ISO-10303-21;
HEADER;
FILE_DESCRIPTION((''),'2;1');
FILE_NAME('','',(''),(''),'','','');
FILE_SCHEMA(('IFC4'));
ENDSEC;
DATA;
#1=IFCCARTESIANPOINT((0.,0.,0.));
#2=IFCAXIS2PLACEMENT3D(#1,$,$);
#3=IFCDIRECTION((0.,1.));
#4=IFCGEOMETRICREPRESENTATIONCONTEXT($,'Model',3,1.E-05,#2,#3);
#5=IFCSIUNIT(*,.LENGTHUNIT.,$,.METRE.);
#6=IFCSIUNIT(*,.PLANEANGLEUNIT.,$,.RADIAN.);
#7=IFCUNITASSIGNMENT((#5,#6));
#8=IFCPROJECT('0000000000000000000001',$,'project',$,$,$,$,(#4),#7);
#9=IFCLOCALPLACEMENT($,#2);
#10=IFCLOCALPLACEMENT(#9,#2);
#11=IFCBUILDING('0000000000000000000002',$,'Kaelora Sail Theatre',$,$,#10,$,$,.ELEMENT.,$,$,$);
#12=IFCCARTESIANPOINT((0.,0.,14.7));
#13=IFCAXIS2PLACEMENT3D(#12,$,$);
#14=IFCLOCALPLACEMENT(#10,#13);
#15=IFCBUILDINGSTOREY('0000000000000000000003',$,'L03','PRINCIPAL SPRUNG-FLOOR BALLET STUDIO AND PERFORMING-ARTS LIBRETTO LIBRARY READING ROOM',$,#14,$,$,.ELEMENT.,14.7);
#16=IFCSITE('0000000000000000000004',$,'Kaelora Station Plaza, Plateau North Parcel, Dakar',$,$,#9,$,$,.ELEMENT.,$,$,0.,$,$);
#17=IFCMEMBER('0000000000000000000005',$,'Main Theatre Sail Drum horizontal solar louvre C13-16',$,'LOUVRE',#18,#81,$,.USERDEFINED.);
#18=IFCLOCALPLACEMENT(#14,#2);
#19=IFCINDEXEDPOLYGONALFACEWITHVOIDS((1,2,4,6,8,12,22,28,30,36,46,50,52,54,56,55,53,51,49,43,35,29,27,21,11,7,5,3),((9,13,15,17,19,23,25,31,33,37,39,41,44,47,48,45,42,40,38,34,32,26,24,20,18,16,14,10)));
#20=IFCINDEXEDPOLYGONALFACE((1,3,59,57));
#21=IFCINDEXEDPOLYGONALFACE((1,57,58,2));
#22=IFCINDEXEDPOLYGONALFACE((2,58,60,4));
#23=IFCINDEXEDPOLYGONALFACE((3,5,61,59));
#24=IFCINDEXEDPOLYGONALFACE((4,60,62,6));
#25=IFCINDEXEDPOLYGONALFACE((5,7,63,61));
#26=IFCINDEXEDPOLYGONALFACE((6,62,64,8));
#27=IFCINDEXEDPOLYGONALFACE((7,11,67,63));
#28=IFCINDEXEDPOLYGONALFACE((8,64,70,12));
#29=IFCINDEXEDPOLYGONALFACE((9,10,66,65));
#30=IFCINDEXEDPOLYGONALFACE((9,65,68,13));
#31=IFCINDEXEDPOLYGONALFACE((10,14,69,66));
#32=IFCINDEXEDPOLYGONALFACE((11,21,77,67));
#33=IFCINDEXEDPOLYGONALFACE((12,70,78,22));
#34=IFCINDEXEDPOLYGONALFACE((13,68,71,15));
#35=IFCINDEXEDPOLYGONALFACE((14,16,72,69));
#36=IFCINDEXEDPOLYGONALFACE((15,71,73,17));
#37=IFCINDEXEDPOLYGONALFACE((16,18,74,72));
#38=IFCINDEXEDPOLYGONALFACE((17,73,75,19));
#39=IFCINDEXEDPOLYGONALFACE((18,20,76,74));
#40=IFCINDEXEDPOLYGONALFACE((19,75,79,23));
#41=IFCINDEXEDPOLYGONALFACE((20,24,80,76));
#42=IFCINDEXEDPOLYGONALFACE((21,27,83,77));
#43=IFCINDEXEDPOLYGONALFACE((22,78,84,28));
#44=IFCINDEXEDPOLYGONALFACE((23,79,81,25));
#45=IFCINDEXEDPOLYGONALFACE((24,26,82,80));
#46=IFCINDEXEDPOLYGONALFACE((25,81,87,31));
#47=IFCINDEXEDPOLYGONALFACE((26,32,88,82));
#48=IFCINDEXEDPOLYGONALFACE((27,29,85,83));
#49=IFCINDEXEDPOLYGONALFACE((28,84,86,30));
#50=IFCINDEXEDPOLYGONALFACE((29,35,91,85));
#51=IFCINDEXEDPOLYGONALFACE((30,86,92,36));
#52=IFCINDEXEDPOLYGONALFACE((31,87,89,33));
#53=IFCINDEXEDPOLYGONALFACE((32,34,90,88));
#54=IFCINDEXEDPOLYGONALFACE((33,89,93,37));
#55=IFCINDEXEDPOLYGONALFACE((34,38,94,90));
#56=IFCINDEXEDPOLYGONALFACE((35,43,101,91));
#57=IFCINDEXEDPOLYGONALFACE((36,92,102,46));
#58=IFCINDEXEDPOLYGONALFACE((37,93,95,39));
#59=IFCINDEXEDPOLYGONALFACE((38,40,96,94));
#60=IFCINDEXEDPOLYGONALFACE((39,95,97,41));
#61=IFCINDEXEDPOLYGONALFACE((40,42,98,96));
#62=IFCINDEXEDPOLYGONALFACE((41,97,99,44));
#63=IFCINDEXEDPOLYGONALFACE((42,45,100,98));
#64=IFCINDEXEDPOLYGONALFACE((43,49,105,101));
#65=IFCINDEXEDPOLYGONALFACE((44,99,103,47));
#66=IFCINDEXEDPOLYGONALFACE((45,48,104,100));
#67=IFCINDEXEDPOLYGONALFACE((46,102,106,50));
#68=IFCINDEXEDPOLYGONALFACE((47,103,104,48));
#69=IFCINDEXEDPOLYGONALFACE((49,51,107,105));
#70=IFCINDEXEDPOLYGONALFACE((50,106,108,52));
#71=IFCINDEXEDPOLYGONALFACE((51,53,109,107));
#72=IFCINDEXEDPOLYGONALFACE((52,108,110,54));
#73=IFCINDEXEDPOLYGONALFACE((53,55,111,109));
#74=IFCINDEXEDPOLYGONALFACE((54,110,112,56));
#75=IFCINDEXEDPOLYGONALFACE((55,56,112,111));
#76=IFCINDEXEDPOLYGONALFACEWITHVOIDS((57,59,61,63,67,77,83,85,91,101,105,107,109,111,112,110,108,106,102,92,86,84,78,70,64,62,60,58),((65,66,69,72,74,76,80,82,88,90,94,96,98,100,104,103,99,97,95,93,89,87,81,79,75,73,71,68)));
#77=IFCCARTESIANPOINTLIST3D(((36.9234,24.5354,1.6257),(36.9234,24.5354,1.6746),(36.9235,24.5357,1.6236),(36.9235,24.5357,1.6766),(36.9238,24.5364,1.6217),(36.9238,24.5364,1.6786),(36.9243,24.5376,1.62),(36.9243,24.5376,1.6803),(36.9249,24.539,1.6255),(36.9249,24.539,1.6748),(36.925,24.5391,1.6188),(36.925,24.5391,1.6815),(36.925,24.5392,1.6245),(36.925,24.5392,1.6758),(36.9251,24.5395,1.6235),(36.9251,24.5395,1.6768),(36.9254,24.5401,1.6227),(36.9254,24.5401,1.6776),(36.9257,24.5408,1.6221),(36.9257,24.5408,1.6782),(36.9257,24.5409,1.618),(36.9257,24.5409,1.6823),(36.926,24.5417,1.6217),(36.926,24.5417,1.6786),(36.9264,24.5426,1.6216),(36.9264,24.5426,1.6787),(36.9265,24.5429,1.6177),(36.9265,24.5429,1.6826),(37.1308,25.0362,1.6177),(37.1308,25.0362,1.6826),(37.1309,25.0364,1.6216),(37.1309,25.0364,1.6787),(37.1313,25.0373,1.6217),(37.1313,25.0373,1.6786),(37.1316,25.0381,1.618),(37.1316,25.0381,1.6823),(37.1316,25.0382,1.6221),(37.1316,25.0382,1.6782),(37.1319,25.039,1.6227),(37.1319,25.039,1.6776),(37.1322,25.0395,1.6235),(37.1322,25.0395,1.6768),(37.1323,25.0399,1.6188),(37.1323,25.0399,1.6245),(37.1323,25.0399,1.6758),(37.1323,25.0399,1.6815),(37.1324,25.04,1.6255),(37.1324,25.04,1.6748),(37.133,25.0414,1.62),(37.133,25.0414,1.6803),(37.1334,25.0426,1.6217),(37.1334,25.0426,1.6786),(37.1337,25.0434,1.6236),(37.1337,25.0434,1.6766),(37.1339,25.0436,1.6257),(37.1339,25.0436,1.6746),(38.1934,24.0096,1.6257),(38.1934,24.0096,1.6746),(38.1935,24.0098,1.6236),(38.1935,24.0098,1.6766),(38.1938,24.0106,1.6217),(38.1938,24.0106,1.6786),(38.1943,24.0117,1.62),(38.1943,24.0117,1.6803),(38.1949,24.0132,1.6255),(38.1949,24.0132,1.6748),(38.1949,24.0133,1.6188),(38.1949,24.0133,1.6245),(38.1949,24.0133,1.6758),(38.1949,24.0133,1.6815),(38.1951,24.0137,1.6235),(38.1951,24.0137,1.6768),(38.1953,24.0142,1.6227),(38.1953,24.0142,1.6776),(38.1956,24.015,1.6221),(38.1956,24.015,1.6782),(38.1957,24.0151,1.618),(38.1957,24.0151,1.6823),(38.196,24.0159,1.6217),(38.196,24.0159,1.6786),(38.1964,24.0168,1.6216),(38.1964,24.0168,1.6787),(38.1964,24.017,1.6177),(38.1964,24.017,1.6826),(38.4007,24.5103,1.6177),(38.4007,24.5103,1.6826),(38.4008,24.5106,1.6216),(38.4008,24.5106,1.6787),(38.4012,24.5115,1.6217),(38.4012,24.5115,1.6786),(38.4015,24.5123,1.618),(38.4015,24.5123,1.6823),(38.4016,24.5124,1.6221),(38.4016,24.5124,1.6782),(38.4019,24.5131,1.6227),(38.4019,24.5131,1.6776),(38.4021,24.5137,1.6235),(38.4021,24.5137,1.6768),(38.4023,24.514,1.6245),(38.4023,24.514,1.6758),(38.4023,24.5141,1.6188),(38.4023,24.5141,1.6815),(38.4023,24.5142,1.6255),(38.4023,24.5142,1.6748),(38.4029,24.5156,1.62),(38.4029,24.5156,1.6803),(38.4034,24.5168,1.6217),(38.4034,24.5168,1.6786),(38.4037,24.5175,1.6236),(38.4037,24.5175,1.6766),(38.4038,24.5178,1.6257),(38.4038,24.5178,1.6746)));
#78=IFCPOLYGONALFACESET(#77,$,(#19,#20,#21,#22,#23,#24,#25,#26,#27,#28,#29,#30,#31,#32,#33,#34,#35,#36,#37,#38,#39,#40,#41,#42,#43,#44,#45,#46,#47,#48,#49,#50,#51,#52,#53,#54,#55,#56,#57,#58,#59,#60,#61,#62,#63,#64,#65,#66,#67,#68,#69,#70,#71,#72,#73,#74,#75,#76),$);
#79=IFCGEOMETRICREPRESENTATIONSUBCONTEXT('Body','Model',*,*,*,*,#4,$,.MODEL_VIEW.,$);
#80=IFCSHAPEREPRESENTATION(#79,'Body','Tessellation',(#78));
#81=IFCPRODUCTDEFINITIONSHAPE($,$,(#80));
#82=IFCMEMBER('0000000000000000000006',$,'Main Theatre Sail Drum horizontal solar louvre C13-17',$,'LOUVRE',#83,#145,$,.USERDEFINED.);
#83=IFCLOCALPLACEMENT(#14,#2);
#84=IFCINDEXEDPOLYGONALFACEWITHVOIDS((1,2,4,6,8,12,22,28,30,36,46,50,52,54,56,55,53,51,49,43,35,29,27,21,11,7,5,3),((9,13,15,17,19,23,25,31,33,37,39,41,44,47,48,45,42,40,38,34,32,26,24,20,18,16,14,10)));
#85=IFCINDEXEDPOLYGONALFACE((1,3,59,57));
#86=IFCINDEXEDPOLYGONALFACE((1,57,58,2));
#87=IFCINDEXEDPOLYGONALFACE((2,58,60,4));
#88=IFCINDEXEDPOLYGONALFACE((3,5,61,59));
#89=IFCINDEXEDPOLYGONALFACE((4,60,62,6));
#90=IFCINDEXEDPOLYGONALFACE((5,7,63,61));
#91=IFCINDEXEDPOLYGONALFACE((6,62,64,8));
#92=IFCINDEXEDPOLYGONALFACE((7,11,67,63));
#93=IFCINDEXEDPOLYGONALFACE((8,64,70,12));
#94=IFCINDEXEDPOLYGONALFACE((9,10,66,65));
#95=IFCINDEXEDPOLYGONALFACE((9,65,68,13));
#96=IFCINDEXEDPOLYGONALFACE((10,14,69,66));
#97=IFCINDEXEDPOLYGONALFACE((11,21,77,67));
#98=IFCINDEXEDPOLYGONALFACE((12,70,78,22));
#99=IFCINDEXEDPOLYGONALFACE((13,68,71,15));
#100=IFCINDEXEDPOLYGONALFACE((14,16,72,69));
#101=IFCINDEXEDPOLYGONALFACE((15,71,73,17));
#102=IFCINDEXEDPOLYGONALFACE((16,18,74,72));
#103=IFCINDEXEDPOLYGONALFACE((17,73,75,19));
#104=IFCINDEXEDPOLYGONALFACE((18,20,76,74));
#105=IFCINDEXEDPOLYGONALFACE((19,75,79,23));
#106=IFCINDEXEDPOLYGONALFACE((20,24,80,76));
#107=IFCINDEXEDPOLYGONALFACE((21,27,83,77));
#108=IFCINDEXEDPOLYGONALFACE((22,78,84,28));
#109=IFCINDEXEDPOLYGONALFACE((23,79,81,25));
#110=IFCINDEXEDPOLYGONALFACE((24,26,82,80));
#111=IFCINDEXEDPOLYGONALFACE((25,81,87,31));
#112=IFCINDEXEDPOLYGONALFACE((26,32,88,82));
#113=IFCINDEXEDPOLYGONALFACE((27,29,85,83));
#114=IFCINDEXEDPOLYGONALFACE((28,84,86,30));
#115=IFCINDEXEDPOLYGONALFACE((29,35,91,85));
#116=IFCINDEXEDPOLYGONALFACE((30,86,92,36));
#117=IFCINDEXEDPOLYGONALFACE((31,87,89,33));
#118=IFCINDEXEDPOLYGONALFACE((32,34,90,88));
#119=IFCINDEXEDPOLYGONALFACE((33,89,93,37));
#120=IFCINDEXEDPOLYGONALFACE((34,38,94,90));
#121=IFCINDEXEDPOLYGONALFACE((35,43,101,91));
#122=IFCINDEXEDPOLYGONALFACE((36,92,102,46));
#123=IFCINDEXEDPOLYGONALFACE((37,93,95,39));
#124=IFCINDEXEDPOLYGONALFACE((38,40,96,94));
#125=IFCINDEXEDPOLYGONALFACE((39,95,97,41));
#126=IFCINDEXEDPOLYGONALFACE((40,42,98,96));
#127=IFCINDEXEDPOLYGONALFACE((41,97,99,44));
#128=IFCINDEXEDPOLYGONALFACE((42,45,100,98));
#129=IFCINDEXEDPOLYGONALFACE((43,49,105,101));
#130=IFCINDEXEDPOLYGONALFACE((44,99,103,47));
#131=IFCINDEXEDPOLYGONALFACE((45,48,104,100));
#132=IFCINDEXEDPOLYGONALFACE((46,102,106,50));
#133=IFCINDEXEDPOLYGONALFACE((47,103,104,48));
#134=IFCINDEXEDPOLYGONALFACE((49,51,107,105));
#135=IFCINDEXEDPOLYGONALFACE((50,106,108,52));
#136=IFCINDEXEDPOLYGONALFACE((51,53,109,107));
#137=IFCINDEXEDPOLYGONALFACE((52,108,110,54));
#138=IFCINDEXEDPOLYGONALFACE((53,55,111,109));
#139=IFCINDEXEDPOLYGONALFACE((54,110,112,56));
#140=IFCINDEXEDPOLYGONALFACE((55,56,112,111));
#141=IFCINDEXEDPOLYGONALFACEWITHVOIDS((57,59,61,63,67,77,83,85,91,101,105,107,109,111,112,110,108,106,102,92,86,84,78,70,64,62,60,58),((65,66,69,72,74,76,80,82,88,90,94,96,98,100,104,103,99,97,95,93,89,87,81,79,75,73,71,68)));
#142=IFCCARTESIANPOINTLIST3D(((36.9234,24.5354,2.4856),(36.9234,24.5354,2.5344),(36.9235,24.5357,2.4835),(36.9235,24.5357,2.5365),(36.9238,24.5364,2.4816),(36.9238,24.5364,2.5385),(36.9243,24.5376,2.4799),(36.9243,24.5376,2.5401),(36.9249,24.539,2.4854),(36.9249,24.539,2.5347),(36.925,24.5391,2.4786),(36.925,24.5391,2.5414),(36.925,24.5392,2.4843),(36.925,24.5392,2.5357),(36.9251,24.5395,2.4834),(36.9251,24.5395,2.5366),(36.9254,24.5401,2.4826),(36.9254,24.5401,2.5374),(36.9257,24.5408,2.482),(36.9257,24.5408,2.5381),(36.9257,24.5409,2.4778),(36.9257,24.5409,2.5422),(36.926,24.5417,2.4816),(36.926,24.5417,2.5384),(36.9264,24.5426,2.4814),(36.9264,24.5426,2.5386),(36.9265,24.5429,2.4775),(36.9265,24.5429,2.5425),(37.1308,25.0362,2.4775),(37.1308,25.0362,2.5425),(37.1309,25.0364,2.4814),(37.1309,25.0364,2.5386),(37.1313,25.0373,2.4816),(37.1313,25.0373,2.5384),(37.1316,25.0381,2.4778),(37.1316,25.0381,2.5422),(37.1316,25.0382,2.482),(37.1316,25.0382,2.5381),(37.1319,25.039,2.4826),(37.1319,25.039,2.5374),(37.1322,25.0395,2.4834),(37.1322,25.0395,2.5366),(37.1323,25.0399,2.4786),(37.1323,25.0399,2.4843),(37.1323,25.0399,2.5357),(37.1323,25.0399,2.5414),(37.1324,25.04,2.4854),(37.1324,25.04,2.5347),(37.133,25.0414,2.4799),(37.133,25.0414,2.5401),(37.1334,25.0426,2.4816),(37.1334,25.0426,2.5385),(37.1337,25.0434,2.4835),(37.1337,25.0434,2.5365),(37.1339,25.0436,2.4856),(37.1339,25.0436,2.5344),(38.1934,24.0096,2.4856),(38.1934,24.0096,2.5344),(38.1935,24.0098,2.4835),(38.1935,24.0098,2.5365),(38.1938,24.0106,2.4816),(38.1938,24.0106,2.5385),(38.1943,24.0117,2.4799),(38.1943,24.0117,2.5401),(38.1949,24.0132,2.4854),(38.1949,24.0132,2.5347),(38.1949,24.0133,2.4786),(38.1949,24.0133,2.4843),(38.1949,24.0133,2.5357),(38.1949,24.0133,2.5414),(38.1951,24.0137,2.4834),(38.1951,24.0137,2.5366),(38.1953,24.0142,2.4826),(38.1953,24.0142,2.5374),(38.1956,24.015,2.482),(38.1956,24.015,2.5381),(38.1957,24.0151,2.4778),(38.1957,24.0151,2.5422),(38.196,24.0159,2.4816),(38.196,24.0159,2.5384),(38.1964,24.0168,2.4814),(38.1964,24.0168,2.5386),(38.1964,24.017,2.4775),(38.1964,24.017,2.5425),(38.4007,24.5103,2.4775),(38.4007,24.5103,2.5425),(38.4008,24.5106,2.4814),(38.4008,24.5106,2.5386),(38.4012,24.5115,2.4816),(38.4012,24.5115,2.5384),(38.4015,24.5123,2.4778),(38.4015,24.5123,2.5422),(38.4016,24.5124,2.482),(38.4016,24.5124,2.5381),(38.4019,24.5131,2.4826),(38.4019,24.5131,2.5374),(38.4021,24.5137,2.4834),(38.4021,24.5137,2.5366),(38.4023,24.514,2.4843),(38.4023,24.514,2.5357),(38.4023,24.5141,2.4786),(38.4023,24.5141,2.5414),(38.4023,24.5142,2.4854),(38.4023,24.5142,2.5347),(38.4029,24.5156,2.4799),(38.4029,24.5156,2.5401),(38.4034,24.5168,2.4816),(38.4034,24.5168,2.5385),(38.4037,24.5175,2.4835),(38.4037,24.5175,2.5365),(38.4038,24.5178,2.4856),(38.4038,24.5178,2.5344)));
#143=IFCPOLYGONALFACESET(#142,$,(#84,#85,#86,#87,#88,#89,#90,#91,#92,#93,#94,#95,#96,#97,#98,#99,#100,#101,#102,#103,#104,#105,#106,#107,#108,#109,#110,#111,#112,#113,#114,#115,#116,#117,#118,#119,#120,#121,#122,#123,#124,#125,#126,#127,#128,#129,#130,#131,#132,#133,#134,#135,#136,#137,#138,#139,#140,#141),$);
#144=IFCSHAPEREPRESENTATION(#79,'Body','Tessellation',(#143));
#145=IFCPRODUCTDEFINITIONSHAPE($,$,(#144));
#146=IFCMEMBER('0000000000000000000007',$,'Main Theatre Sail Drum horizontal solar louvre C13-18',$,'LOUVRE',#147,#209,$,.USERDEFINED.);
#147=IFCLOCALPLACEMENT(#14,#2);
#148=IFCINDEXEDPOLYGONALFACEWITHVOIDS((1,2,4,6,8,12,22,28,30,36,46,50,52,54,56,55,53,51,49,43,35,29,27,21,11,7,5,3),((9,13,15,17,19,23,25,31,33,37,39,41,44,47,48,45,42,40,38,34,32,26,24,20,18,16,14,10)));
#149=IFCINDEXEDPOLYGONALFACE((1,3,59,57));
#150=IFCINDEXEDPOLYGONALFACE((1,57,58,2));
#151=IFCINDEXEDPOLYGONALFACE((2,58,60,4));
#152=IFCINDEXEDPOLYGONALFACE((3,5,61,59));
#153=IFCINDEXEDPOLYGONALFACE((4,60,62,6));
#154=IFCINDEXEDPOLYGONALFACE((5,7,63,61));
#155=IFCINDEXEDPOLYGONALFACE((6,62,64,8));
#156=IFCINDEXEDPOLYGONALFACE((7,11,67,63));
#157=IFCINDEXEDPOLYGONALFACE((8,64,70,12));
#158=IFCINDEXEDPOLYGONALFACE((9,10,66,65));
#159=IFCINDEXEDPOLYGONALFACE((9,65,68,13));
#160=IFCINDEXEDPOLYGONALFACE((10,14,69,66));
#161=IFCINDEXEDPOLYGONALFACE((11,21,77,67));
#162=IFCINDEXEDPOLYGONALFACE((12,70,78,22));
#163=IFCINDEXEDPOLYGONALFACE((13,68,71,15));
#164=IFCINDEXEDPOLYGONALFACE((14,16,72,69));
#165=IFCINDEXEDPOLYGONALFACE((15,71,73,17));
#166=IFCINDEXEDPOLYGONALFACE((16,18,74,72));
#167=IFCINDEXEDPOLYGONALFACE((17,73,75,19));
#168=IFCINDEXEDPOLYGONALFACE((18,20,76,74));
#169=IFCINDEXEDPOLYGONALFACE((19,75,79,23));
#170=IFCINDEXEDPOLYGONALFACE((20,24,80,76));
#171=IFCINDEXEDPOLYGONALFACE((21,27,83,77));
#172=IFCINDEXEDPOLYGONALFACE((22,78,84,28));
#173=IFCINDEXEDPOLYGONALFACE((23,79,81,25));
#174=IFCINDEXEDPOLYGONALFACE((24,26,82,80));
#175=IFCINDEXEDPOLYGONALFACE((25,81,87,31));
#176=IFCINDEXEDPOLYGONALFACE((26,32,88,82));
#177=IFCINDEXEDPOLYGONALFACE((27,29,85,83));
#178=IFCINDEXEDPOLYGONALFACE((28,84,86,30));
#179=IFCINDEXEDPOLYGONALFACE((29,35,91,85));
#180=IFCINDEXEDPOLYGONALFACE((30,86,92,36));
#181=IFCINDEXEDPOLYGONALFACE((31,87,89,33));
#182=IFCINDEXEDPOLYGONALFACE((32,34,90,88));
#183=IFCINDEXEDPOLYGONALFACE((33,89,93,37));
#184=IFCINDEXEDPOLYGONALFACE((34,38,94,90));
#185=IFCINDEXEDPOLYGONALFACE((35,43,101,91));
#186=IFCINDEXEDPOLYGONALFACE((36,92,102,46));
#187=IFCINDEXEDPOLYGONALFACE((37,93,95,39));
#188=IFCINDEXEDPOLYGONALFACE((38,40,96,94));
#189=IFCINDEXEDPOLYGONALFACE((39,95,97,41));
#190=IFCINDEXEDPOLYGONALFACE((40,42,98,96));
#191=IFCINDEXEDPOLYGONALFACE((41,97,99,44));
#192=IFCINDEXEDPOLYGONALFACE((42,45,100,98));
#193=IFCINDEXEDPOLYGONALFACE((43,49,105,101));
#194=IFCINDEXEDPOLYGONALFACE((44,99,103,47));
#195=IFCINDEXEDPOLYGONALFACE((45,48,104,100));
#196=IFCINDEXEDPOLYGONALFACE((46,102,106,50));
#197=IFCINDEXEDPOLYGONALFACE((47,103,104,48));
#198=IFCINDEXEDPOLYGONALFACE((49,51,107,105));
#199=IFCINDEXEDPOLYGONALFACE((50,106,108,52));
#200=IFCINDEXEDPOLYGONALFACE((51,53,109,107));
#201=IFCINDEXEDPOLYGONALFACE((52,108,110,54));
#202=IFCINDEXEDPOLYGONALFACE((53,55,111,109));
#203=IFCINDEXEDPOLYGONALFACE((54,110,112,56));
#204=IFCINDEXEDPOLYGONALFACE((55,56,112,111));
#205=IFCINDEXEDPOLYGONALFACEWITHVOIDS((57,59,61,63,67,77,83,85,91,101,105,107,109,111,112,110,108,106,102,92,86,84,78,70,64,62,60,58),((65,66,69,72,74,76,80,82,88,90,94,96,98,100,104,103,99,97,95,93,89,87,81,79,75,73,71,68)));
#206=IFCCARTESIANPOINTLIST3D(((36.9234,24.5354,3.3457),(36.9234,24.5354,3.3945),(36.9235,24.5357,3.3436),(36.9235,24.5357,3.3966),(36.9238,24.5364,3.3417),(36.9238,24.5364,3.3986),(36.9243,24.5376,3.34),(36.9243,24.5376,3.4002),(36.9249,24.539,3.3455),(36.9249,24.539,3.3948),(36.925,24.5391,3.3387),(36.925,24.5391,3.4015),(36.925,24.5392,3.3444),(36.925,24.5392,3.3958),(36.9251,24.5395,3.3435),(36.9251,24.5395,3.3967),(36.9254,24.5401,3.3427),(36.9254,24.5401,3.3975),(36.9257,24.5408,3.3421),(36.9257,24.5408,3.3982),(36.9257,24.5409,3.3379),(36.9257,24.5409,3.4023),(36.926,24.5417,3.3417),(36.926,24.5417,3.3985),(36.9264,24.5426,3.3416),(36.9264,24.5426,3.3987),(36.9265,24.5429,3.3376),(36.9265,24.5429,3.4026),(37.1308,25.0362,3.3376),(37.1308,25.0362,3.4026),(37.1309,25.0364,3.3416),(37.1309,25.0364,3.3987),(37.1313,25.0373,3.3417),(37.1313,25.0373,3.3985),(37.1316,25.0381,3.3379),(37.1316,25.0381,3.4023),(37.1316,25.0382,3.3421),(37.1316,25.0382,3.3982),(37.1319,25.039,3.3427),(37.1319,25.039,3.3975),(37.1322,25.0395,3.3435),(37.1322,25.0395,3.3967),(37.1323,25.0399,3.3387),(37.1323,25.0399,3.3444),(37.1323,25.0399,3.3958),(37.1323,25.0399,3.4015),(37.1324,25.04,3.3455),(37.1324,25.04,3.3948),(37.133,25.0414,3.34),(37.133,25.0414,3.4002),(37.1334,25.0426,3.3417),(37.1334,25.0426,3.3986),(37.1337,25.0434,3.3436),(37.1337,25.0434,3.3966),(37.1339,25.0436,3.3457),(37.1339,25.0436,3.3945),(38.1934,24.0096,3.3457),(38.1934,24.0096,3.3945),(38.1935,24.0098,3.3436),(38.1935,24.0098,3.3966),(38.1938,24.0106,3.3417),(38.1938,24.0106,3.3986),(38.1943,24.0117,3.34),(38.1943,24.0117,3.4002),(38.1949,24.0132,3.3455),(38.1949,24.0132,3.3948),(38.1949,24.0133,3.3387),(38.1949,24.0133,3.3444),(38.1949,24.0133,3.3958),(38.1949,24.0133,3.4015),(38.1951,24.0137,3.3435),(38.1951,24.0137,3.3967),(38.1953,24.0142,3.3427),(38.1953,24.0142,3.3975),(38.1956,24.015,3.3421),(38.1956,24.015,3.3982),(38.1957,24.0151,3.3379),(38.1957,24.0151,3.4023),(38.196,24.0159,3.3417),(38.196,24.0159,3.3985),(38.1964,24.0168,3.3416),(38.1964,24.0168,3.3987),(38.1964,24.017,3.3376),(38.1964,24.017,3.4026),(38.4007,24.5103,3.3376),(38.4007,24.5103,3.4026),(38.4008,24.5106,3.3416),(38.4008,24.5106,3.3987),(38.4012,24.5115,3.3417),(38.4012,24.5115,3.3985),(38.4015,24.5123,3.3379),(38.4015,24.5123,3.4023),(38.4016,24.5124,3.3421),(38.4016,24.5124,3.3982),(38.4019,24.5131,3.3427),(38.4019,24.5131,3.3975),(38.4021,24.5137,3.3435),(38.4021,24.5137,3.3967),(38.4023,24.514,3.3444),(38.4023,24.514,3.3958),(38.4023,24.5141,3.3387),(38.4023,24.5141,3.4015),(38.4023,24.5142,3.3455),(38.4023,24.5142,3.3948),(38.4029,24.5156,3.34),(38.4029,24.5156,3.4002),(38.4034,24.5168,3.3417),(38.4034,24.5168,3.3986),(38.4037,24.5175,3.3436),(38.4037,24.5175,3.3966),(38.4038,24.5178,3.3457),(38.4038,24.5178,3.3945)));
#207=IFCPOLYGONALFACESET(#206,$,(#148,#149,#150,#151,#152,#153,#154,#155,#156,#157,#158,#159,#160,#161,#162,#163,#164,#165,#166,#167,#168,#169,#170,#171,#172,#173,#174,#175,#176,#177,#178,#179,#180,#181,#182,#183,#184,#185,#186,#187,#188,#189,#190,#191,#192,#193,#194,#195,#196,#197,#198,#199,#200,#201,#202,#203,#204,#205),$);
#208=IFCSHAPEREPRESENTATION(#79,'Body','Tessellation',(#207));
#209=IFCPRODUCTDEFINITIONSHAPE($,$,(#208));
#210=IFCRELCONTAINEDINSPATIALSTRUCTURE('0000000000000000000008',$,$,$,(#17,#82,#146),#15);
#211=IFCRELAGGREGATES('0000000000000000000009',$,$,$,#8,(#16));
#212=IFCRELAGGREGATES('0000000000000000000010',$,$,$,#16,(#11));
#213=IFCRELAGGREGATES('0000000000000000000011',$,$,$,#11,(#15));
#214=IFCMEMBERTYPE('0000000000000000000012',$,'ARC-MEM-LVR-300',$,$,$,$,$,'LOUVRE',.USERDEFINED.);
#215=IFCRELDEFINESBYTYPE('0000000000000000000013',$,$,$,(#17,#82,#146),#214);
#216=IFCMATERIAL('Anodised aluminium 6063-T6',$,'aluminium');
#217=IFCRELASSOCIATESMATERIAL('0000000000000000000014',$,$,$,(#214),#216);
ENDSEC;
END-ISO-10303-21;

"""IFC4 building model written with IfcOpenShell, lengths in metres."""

from ifc_helpers import new_model, si_unit, direction, frame, origin, origin_2d, place, context, subcontext, project, spatial, hollow_rectangle, extrude, material, material_profile, profile_set, type_object, element, save


model = new_model("IFC4")

# Units and contexts
model_context = context("Model", 3, precision=1e-05, world=origin(), true_north=direction((0.0, 1.0)))
body_context = subcontext(model_context, "Body", "Model", "MODEL_VIEW")
ifc_project = project(units=[si_unit("LENGTHUNIT", "METRE"), si_unit("PLANEANGLEUNIT", "RADIAN")], contexts=[model_context])

# Site, building, storey
site_placement = place(None, origin())
site = spatial("IfcSite", under=ifc_project, at=site_placement, Name="Kaelora Station Plaza, Plateau North Parcel, Dakar", CompositionType="ELEMENT", RefElevation=0.0)
building_placement = place(site_placement, origin())
building = spatial("IfcBuilding", under=site, at=building_placement, Name="Kaelora Sail Theatre", CompositionType="ELEMENT")
storey_placement = place(building_placement, frame((0.0, 0.0, 14.7)))
storey = spatial("IfcBuildingStorey", under=building, at=storey_placement, Name="L03", Description="PRINCIPAL SPRUNG-FLOOR BALLET STUDIO AND PERFORMING-ARTS LIBRETTO LIBRARY READING ROOM", CompositionType="ELEMENT", Elevation=14.7)

# Members
ifc_material_1 = material(Name="Anodised aluminium 6063-T6", Category="aluminium")
ifc_material_profile_1 = material_profile(ifc_material_1, hollow_rectangle(XDim=0.55, YDim=0.0649, WallThickness=0.0039, InnerFilletRadius=0.0039, OuterFilletRadius=0.0081, at=origin_2d()), Name="LOUVRE 550x65x4")
ifc_profile_set_1 = profile_set([ifc_material_profile_1], Name="Anodised aluminium 6063-T6")
member_type = type_object("IfcMemberType", Name="ARC-MEM-LVR-300", ElementType="LOUVRE", PredefinedType="USERDEFINED", material=ifc_profile_set_1)
for number, where, z_axis, x_axis, name in (
    (1, (38.2986, 24.2637, 1.6501), (-0.923926, 0.382571, 0.0), (-0.382571, -0.923926, 0.0), "Main Theatre Sail Drum horizontal solar louvre C13-16"),
    (2, (38.2986, 24.2637, 2.51), (-0.923926, 0.382571, 0.0), (-0.382571, -0.923926, 0.0), "Main Theatre Sail Drum horizontal solar louvre C13-17"),
    (3, (38.2986, 24.2637, 3.3701), (-0.923926, 0.382571, 0.0), (-0.382571, -0.923926, 0.0), "Main Theatre Sail Drum horizontal solar louvre C13-18"),
):
    element("IfcMember", number, at=place(storey_placement, frame(where, z_axis=z_axis, x_axis=x_axis)), inside=storey, type_object=member_type, Name=name, ObjectType="LOUVRE", PredefinedType="USERDEFINED", context=body_context, shape_type="SweptSolid", body=[
        extrude(hollow_rectangle(XDim=0.55, YDim=0.0649, WallThickness=0.0039, InnerFilletRadius=0.0039, OuterFilletRadius=0.0081, at=origin_2d()), origin(), (0.0, 0.0, 1.0), 1.3745),
    ])

save(model, "model.ifc")
